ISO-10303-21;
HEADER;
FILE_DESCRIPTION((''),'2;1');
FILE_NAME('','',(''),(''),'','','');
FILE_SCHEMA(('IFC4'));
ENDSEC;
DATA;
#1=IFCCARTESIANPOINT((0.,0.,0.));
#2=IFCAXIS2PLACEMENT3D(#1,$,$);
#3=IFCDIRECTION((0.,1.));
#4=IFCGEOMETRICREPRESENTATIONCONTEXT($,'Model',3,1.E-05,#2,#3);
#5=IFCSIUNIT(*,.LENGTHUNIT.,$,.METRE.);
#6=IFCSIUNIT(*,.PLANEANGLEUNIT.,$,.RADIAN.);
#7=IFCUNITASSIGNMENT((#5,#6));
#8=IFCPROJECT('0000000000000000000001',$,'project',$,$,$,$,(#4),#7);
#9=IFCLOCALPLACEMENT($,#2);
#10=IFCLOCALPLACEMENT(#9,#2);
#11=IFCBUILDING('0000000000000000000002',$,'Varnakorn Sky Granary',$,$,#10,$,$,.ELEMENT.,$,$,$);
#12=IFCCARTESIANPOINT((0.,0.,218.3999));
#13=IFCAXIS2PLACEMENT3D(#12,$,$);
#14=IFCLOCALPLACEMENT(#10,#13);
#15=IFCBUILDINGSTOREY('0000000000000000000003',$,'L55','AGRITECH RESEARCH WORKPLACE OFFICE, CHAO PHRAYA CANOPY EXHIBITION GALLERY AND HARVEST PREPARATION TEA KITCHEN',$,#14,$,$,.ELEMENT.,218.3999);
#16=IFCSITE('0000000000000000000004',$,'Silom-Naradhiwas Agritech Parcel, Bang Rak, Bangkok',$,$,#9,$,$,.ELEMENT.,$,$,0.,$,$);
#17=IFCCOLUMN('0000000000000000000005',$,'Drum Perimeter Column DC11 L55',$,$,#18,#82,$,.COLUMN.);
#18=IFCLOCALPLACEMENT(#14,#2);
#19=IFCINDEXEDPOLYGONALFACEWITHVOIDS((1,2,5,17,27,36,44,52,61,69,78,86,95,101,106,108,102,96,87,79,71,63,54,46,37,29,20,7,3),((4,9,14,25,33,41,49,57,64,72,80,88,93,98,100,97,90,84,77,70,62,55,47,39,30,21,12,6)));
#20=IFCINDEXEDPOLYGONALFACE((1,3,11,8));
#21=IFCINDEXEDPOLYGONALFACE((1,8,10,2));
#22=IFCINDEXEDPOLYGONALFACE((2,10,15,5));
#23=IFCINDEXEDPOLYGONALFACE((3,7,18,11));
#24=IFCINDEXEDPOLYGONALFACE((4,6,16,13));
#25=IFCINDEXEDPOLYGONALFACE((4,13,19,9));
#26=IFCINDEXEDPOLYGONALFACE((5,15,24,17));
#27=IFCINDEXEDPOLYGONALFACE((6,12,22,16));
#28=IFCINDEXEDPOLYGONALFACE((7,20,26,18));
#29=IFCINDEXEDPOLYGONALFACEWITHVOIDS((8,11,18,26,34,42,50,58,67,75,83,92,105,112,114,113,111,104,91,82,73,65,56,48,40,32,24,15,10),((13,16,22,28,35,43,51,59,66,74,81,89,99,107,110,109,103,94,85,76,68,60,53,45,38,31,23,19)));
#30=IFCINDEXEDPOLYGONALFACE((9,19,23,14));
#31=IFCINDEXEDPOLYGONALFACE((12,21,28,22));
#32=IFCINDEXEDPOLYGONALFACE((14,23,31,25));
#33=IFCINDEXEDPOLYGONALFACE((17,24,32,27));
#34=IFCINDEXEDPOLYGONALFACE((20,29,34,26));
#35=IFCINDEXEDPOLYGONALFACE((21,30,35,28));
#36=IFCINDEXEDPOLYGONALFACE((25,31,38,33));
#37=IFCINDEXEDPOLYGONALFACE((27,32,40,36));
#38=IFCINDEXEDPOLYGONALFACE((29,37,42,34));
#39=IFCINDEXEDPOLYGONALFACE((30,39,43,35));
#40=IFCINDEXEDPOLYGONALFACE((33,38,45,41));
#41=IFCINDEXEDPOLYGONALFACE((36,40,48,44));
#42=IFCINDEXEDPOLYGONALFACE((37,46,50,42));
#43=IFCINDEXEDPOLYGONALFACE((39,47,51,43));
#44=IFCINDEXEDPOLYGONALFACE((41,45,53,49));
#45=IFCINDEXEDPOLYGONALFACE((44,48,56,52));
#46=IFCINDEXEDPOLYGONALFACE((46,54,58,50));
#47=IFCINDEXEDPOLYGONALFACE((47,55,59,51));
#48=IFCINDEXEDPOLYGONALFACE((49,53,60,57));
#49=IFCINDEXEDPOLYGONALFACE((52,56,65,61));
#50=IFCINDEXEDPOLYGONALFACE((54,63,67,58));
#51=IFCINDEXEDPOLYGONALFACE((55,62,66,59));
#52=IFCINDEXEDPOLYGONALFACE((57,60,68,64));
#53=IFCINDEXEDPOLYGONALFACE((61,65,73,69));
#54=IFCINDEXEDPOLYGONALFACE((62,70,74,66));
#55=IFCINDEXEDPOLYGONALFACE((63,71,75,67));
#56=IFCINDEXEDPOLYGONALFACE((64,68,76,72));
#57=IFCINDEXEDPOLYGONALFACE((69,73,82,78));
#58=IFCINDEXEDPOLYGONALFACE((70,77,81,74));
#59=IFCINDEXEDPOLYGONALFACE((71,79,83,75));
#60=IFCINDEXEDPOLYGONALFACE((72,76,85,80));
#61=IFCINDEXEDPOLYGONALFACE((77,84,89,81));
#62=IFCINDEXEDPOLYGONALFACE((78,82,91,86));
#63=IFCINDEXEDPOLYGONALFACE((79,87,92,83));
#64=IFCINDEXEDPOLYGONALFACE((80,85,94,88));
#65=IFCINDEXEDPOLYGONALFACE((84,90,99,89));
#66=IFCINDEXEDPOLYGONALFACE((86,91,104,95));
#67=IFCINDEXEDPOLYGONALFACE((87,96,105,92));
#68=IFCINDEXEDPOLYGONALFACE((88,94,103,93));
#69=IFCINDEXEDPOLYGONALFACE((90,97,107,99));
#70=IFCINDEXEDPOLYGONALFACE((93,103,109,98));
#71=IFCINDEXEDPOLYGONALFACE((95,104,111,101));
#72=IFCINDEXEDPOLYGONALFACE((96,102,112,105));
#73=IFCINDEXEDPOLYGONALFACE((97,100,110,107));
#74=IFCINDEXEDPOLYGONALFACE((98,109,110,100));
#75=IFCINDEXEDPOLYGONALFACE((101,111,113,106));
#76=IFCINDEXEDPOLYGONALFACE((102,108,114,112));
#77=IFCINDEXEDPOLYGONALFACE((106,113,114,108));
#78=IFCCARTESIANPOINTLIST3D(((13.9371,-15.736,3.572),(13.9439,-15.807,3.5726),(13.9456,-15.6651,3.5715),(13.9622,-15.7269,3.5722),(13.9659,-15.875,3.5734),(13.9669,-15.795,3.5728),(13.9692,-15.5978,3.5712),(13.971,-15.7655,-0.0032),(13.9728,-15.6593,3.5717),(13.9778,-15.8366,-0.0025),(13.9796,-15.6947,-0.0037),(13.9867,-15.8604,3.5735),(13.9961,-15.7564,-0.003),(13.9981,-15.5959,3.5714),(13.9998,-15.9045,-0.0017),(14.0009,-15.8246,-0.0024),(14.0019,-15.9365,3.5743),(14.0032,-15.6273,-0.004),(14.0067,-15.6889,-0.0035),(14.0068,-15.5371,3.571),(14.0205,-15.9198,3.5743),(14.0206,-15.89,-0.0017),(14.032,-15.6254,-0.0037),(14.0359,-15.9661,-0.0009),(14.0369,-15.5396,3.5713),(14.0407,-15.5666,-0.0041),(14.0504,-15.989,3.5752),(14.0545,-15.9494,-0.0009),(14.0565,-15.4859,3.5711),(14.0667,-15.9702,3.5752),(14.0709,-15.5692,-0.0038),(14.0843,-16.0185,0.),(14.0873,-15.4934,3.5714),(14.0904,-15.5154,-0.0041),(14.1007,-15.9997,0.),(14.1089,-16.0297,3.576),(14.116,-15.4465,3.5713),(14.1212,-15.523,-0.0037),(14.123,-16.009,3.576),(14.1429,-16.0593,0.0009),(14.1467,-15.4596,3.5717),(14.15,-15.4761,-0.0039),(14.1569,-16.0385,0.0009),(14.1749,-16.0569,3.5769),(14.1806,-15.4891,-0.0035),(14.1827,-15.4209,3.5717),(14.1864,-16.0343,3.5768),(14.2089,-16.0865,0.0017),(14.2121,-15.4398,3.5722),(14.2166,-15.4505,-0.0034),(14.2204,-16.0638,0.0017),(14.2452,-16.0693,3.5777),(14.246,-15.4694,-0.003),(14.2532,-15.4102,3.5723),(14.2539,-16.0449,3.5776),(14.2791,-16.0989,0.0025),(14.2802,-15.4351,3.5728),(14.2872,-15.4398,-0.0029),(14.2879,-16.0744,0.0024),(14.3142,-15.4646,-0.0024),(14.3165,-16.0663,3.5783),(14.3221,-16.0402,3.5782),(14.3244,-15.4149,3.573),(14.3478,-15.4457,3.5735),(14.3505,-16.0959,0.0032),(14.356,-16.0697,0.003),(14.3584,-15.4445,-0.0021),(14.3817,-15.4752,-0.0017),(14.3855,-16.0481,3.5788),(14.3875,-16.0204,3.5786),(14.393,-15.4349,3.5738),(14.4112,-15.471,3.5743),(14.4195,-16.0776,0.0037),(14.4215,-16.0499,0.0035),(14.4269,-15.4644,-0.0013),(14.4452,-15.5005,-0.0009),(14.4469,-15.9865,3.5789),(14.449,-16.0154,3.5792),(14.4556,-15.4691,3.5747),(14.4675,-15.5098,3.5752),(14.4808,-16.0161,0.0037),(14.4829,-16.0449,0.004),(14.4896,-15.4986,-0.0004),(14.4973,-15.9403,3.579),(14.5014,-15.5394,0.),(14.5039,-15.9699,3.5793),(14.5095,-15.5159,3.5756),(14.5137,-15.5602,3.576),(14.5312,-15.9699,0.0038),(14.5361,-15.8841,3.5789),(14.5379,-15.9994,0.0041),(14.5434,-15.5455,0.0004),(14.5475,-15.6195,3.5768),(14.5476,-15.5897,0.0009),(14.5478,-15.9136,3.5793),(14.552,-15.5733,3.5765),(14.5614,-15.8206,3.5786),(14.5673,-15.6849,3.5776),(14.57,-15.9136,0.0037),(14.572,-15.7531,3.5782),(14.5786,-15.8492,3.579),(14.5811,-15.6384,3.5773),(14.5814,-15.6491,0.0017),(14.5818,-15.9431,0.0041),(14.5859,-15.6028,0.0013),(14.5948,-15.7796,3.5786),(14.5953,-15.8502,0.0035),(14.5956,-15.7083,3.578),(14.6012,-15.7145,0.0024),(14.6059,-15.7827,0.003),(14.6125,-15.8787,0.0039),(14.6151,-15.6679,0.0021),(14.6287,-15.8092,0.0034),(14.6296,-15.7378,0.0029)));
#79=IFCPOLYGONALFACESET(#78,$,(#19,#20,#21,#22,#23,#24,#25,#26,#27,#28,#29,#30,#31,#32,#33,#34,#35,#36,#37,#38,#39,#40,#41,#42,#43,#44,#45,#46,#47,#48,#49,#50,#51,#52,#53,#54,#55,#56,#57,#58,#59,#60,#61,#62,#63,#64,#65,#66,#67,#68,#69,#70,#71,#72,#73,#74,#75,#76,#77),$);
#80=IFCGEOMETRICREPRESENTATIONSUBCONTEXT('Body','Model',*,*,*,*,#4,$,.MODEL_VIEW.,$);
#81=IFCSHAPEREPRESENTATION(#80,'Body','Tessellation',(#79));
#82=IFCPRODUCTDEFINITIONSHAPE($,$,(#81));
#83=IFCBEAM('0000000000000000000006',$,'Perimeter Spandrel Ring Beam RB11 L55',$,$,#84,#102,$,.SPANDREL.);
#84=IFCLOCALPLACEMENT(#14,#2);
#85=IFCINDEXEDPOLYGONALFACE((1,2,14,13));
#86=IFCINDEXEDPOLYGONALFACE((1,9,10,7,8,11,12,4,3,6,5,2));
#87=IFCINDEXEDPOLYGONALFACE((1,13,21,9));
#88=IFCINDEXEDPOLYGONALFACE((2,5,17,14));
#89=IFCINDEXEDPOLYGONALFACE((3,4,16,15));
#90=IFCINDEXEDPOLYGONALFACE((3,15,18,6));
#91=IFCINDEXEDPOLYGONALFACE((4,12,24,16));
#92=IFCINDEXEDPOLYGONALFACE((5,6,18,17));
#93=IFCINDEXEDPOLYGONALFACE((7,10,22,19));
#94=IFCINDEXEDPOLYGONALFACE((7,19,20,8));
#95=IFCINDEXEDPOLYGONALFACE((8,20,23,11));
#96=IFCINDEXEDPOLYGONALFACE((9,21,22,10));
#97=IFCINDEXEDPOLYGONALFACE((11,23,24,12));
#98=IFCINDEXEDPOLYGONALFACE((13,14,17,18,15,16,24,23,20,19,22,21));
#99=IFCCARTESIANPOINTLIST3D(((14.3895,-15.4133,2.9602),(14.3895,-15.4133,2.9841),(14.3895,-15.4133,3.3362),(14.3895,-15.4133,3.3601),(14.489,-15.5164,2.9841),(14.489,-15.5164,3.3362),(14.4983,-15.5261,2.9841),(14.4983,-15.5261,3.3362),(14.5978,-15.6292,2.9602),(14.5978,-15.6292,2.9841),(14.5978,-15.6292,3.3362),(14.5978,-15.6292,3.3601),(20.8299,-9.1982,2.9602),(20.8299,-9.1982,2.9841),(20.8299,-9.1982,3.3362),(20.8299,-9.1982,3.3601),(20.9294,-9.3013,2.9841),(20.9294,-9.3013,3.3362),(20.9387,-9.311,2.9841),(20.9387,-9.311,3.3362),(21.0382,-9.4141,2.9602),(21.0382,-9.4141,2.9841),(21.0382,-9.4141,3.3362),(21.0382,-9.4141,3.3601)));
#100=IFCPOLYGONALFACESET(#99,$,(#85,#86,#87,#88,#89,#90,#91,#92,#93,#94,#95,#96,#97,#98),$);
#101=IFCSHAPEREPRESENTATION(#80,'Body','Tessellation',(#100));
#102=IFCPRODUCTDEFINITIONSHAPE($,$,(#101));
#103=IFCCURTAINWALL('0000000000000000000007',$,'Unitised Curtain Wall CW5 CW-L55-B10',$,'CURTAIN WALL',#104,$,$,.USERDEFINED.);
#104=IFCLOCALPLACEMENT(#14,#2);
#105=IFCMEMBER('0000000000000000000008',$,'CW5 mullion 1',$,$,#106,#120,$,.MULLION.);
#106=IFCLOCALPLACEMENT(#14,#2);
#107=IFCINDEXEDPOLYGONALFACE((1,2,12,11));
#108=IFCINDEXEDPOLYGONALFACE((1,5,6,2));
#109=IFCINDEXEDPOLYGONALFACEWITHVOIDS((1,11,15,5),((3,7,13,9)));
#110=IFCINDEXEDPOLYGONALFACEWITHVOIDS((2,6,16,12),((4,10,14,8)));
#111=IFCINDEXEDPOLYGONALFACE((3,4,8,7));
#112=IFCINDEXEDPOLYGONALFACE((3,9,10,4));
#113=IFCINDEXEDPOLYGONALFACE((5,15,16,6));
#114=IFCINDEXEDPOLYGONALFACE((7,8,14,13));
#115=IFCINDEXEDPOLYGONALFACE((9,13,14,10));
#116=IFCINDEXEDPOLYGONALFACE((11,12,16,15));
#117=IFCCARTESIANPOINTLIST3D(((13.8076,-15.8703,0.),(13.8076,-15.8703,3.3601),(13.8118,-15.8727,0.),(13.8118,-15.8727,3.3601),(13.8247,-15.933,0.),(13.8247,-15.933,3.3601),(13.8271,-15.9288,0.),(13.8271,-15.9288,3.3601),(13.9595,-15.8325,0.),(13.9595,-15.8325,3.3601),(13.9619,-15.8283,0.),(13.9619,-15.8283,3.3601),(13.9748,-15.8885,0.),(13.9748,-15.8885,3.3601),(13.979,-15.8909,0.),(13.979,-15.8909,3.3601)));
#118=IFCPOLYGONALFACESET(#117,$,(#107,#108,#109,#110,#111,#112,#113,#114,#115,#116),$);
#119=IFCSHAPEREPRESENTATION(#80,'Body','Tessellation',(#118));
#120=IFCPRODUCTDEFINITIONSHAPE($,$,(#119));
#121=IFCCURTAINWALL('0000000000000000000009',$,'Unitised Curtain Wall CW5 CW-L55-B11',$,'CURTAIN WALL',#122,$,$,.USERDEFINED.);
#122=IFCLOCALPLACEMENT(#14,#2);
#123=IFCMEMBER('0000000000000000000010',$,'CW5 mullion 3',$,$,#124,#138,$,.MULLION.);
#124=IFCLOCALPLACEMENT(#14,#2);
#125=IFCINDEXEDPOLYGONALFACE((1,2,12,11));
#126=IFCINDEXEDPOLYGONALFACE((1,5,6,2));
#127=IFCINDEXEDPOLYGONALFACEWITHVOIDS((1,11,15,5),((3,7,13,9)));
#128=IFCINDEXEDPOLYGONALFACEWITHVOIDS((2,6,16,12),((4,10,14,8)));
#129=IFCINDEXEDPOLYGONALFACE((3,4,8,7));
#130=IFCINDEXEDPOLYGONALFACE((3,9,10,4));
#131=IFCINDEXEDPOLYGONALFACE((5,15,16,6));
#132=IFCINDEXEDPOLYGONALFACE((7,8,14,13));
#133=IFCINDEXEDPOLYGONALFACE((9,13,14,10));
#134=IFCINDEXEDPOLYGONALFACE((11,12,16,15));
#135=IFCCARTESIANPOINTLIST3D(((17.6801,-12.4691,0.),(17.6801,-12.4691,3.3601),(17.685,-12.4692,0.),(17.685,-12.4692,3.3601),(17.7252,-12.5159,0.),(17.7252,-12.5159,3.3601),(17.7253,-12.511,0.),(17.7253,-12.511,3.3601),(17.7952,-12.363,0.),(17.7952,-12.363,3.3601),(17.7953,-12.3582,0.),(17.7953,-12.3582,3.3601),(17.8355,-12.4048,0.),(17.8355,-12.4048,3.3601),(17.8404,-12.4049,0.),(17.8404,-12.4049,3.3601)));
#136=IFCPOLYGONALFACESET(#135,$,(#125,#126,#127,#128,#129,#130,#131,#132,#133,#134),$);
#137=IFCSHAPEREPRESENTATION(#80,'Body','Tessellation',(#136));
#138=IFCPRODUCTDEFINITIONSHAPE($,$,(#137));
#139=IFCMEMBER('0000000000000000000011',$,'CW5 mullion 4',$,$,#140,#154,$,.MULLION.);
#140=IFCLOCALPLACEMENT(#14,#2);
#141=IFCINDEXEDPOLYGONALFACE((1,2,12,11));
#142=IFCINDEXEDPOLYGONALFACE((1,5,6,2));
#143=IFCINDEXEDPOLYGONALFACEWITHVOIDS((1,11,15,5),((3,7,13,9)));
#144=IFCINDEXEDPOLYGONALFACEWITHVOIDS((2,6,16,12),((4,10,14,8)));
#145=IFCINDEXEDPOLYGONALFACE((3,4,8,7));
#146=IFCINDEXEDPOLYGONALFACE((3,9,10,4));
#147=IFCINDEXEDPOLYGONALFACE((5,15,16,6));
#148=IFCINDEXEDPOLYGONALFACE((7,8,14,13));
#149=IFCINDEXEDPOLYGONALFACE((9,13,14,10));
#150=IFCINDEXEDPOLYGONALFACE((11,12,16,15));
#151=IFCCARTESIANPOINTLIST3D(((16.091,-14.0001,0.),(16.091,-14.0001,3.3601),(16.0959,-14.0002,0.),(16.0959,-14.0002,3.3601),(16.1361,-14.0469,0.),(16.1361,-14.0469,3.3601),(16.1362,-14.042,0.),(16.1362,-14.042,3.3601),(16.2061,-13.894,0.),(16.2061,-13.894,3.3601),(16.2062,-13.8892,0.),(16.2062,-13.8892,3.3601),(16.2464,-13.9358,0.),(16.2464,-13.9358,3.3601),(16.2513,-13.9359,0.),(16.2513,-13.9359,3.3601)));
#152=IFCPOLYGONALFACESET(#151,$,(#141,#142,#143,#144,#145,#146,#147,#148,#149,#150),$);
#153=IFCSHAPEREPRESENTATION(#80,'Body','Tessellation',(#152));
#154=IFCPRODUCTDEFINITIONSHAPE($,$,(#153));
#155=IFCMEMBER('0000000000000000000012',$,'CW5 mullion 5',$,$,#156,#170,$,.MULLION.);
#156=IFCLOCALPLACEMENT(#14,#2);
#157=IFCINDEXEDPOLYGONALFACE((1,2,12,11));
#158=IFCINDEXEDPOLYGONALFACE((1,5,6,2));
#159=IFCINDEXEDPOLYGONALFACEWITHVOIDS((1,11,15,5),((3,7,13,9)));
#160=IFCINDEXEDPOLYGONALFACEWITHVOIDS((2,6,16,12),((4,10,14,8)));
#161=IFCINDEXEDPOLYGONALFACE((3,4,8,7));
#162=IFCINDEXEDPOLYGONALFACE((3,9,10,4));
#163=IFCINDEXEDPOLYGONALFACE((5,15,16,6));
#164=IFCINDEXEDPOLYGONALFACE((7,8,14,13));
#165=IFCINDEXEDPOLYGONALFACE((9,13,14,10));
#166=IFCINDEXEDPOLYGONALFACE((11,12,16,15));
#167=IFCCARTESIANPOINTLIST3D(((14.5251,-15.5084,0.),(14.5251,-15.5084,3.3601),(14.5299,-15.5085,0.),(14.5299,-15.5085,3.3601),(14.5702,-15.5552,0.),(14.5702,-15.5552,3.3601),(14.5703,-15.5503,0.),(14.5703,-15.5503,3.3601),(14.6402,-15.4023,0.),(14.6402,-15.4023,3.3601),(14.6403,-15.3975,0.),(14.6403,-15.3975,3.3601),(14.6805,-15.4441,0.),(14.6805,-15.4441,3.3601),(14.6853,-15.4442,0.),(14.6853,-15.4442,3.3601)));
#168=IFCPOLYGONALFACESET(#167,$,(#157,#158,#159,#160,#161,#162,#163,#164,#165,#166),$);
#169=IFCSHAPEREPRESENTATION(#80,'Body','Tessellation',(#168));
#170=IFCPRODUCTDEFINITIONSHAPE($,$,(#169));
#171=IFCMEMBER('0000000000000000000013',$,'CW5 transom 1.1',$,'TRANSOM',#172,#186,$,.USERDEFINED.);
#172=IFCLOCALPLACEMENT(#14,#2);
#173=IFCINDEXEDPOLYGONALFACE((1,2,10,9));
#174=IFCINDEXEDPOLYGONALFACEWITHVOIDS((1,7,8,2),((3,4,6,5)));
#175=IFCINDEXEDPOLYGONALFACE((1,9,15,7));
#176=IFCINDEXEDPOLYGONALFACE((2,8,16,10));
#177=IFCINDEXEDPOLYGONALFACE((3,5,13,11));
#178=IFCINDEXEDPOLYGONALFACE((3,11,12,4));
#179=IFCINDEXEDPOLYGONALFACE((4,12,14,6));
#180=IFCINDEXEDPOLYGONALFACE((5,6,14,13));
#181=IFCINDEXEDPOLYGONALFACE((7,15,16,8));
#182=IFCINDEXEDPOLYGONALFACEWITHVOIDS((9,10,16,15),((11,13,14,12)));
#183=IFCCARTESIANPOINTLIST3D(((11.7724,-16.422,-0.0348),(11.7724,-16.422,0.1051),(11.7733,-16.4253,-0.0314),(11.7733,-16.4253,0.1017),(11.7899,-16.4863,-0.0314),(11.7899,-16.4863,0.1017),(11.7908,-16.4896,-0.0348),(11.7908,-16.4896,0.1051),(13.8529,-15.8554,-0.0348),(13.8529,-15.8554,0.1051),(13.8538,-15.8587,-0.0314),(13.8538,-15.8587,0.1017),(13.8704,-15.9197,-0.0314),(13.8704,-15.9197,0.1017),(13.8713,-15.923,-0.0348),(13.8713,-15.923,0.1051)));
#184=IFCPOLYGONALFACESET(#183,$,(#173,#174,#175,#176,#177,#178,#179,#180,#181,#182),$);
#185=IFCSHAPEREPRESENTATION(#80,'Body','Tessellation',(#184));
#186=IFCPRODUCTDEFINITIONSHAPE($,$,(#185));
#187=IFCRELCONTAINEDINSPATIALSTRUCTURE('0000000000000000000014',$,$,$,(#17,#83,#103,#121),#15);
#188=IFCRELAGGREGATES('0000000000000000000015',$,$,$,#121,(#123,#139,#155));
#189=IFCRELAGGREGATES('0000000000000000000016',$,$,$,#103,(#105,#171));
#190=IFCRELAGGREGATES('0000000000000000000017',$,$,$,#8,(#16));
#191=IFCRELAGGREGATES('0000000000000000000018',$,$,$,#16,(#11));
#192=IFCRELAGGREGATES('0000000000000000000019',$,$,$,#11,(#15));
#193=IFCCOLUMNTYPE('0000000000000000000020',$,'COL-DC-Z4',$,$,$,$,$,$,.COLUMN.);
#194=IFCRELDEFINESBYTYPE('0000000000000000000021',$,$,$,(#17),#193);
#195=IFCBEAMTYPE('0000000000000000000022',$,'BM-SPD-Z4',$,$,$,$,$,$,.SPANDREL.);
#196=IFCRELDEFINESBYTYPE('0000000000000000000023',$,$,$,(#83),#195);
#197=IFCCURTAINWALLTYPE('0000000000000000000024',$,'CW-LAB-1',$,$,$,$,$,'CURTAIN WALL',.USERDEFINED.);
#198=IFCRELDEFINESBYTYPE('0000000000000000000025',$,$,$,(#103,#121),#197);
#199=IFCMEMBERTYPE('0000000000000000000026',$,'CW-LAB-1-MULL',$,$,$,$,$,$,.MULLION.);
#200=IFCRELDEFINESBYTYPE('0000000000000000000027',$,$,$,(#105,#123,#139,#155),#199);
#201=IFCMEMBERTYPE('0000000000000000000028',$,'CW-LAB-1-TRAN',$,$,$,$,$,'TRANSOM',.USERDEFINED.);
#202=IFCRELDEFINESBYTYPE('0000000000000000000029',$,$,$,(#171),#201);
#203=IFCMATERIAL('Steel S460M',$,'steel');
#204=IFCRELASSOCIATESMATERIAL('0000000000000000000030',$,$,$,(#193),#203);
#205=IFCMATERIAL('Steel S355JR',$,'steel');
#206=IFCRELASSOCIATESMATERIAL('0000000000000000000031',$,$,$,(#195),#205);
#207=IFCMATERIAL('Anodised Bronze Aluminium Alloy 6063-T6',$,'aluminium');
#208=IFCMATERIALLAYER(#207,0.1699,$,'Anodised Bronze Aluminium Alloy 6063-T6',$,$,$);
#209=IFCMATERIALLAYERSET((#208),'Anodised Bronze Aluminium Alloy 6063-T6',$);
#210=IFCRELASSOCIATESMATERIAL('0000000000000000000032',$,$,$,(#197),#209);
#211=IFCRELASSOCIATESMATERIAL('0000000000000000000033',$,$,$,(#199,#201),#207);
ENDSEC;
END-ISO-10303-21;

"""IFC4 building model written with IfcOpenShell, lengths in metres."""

from ifc_helpers import new_model, si_unit, direction, frame, origin, origin_2d, place, context, subcontext, project, spatial, hollow_rectangle, hollow_circle, i_section, extrude, material, layer, layer_set, material_profile, profile_set, type_object, element, aggregate, save


model = new_model("IFC4")

# Units and contexts
model_context = context("Model", 3, precision=1e-05, world=origin(), true_north=direction((0.0, 1.0)))
body_context = subcontext(model_context, "Body", "Model", "MODEL_VIEW")
ifc_project = project(units=[si_unit("LENGTHUNIT", "METRE"), si_unit("PLANEANGLEUNIT", "RADIAN")], contexts=[model_context])

# Site, building, storey
site_placement = place(None, origin())
site = spatial("IfcSite", under=ifc_project, at=site_placement, Name="Silom-Naradhiwas Agritech Parcel, Bang Rak, Bangkok", CompositionType="ELEMENT", RefElevation=0.0)
building_placement = place(site_placement, origin())
building = spatial("IfcBuilding", under=site, at=building_placement, Name="Varnakorn Sky Granary", CompositionType="ELEMENT")
storey_placement = place(building_placement, frame((0.0, 0.0, 218.3999)))
storey = spatial("IfcBuildingStorey", under=building, at=storey_placement, Name="L55", Description="AGRITECH RESEARCH WORKPLACE OFFICE, CHAO PHRAYA CANOPY EXHIBITION GALLERY AND HARVEST PREPARATION TEA KITCHEN", CompositionType="ELEMENT", Elevation=218.3999)

# Column
ifc_material_1 = material(Name="Steel S460M", Category="steel")
ifc_material_profile_1 = material_profile(ifc_material_1, hollow_circle(Radius=0.3301, WallThickness=0.0249, at=origin_2d()), Name="CHS 660x25")
ifc_profile_set_1 = profile_set([ifc_material_profile_1], Name="Steel S460M")
column_type = type_object("IfcColumnType", Name="COL-DC-Z4", PredefinedType="COLUMN", material=ifc_profile_set_1)
column_placement = place(storey_placement, frame((14.301, -15.7695, 0.0), z_axis=(-0.009491, 0.008262, 0.999921), x_axis=(-0.656582, -0.754255, 0.0)))
element("IfcColumn", 1, at=column_placement, inside=storey, type_object=column_type, Name="Drum Perimeter Column DC11 L55", PredefinedType="COLUMN", context=body_context, shape_type="SweptSolid", body=[
    extrude(hollow_circle(Radius=0.3301, WallThickness=0.0249, at=origin_2d()), origin(), (0.0, 0.0, 1.0), 3.5754),
])

# Beam
ifc_material_2 = material(Name="Steel S355JR", Category="steel")
ifc_material_profile_2 = material_profile(ifc_material_2, i_section(OverallWidth=0.3, OverallDepth=0.3999, WebThickness=0.0134, FlangeThickness=0.0239, at=origin_2d()), Name="HE 400 B")
ifc_profile_set_2 = profile_set([ifc_material_profile_2], Name="Steel S355JR")
beam_type = type_object("IfcBeamType", Name="BM-SPD-Z4", PredefinedType="SPANDREL", material=ifc_profile_set_2)
beam_placement = place(storey_placement, frame((14.4937, -15.5212, 3.1602), z_axis=(0.719583, 0.694406, 0.0), x_axis=(-0.694406, 0.719583, 0.0)))
element("IfcBeam", 2, at=beam_placement, inside=storey, type_object=beam_type, Name="Perimeter Spandrel Ring Beam RB11 L55", PredefinedType="SPANDREL", context=body_context, shape_type="SweptSolid", body=[
    extrude(i_section(OverallWidth=0.3, OverallDepth=0.3999, WebThickness=0.0134, FlangeThickness=0.0239, at=origin_2d()), origin(), (0.0, 0.0, 1.0), 8.9502),
])

# Curtain wall, member
ifc_material_3 = material(Name="Anodised Bronze Aluminium Alloy 6063-T6", Category="aluminium")
ifc_layer_1 = layer(ifc_material_3, 0.1699, Name="Anodised Bronze Aluminium Alloy 6063-T6")
ifc_layer_set_1 = layer_set([ifc_layer_1], Name="Anodised Bronze Aluminium Alloy 6063-T6")
curtain_wall_type = type_object("IfcCurtainWallType", Name="CW-LAB-1", ElementType="CURTAIN WALL", PredefinedType="USERDEFINED", material=ifc_layer_set_1)
curtain_wall_1_placement = place(storey_placement, origin())
curtain_wall_1 = element("IfcCurtainWall", 3, at=curtain_wall_1_placement, inside=storey, type_object=curtain_wall_type, Name="Unitised Curtain Wall CW5 CW-L55-B10", ObjectType="CURTAIN WALL", PredefinedType="USERDEFINED")
ifc_material_profile_3 = material_profile(ifc_material_3, hollow_rectangle(XDim=0.0649, YDim=0.1599, WallThickness=0.0034, at=origin_2d()), Name="ALU MULL 65x160")
ifc_profile_set_3 = profile_set([ifc_material_profile_3], Name="Anodised Bronze Aluminium Alloy 6063-T6")
member_type_1 = type_object("IfcMemberType", Name="CW-LAB-1-MULL", PredefinedType="MULLION", material=ifc_profile_set_3)
member_1_placement = place(storey_placement, frame((13.8933, -15.8806, 0.0), z_axis=(0.0, 0.0, 1.0), x_axis=(0.262829, -0.964842, 0.0)))
member_1 = element("IfcMember", 4, at=member_1_placement, type_object=member_type_1, Name="CW5 mullion 1", PredefinedType="MULLION", context=body_context, shape_type="SweptSolid", body=[
    extrude(hollow_rectangle(XDim=0.0649, YDim=0.1599, WallThickness=0.0034, at=origin_2d()), origin(), (0.0, 0.0, 1.0), 3.3601),
])

# Curtain wall, members
curtain_wall_2_placement = place(storey_placement, origin())
curtain_wall_2 = element("IfcCurtainWall", 5, at=curtain_wall_2_placement, inside=storey, type_object=curtain_wall_type, Name="Unitised Curtain Wall CW5 CW-L55-B11", ObjectType="CURTAIN WALL", PredefinedType="USERDEFINED")
member_2_placement = place(storey_placement, frame((17.7603, -12.437, 0.0), z_axis=(0.0, 0.0, 1.0), x_axis=(0.693785, -0.720182, 0.0)))
member_2 = element("IfcMember", 6, at=member_2_placement, type_object=member_type_1, Name="CW5 mullion 3", PredefinedType="MULLION", context=body_context, shape_type="SweptSolid", body=[
    extrude(hollow_rectangle(XDim=0.0649, YDim=0.1599, WallThickness=0.0034, at=origin_2d()), origin(), (0.0, 0.0, 1.0), 3.3601),
])
member_3_placement = place(storey_placement, frame((16.1711, -13.968, 0.0), z_axis=(0.0, 0.0, 1.0), x_axis=(0.693785, -0.720182, 0.0)))
member_3 = element("IfcMember", 7, at=member_3_placement, type_object=member_type_1, Name="CW5 mullion 4", PredefinedType="MULLION", context=body_context, shape_type="SweptSolid", body=[
    extrude(hollow_rectangle(XDim=0.0649, YDim=0.1599, WallThickness=0.0034, at=origin_2d()), origin(), (0.0, 0.0, 1.0), 3.3601),
])
member_4_placement = place(storey_placement, frame((14.6052, -15.4763, 0.0), z_axis=(0.0, 0.0, 1.0), x_axis=(0.693785, -0.720182, 0.0)))
member_4 = element("IfcMember", 8, at=member_4_placement, type_object=member_type_1, Name="CW5 mullion 5", PredefinedType="MULLION", context=body_context, shape_type="SweptSolid", body=[
    extrude(hollow_rectangle(XDim=0.0649, YDim=0.1599, WallThickness=0.0034, at=origin_2d()), origin(), (0.0, 0.0, 1.0), 3.3601),
])

# Member
ifc_material_profile_4 = material_profile(ifc_material_3, hollow_rectangle(XDim=0.0701, YDim=0.1399, WallThickness=0.0034, at=origin_2d()), Name="ALU TRAN 70x140")
ifc_profile_set_4 = profile_set([ifc_material_profile_4], Name="Anodised Bronze Aluminium Alloy 6063-T6")
member_type_2 = type_object("IfcMemberType", Name="CW-LAB-1-TRAN", ElementType="TRANSOM", PredefinedType="USERDEFINED", material=ifc_profile_set_4)
member_5_placement = place(storey_placement, frame((13.8621, -15.8892, 0.0352), z_axis=(-0.964855, -0.262782, 0.0), x_axis=(0.262782, -0.964855, 0.0)))
member_5 = element("IfcMember", 9, at=member_5_placement, type_object=member_type_2, Name="CW5 transom 1.1", ObjectType="TRANSOM", PredefinedType="USERDEFINED", context=body_context, shape_type="SweptSolid", body=[
    extrude(hollow_rectangle(XDim=0.0701, YDim=0.1399, WallThickness=0.0034, at=origin_2d()), origin(), (0.0, 0.0, 1.0), 2.1562),
])

aggregate(curtain_wall_2, [member_2, member_3, member_4])
aggregate(curtain_wall_1, [member_1, member_5])

save(model, "model.ifc")
